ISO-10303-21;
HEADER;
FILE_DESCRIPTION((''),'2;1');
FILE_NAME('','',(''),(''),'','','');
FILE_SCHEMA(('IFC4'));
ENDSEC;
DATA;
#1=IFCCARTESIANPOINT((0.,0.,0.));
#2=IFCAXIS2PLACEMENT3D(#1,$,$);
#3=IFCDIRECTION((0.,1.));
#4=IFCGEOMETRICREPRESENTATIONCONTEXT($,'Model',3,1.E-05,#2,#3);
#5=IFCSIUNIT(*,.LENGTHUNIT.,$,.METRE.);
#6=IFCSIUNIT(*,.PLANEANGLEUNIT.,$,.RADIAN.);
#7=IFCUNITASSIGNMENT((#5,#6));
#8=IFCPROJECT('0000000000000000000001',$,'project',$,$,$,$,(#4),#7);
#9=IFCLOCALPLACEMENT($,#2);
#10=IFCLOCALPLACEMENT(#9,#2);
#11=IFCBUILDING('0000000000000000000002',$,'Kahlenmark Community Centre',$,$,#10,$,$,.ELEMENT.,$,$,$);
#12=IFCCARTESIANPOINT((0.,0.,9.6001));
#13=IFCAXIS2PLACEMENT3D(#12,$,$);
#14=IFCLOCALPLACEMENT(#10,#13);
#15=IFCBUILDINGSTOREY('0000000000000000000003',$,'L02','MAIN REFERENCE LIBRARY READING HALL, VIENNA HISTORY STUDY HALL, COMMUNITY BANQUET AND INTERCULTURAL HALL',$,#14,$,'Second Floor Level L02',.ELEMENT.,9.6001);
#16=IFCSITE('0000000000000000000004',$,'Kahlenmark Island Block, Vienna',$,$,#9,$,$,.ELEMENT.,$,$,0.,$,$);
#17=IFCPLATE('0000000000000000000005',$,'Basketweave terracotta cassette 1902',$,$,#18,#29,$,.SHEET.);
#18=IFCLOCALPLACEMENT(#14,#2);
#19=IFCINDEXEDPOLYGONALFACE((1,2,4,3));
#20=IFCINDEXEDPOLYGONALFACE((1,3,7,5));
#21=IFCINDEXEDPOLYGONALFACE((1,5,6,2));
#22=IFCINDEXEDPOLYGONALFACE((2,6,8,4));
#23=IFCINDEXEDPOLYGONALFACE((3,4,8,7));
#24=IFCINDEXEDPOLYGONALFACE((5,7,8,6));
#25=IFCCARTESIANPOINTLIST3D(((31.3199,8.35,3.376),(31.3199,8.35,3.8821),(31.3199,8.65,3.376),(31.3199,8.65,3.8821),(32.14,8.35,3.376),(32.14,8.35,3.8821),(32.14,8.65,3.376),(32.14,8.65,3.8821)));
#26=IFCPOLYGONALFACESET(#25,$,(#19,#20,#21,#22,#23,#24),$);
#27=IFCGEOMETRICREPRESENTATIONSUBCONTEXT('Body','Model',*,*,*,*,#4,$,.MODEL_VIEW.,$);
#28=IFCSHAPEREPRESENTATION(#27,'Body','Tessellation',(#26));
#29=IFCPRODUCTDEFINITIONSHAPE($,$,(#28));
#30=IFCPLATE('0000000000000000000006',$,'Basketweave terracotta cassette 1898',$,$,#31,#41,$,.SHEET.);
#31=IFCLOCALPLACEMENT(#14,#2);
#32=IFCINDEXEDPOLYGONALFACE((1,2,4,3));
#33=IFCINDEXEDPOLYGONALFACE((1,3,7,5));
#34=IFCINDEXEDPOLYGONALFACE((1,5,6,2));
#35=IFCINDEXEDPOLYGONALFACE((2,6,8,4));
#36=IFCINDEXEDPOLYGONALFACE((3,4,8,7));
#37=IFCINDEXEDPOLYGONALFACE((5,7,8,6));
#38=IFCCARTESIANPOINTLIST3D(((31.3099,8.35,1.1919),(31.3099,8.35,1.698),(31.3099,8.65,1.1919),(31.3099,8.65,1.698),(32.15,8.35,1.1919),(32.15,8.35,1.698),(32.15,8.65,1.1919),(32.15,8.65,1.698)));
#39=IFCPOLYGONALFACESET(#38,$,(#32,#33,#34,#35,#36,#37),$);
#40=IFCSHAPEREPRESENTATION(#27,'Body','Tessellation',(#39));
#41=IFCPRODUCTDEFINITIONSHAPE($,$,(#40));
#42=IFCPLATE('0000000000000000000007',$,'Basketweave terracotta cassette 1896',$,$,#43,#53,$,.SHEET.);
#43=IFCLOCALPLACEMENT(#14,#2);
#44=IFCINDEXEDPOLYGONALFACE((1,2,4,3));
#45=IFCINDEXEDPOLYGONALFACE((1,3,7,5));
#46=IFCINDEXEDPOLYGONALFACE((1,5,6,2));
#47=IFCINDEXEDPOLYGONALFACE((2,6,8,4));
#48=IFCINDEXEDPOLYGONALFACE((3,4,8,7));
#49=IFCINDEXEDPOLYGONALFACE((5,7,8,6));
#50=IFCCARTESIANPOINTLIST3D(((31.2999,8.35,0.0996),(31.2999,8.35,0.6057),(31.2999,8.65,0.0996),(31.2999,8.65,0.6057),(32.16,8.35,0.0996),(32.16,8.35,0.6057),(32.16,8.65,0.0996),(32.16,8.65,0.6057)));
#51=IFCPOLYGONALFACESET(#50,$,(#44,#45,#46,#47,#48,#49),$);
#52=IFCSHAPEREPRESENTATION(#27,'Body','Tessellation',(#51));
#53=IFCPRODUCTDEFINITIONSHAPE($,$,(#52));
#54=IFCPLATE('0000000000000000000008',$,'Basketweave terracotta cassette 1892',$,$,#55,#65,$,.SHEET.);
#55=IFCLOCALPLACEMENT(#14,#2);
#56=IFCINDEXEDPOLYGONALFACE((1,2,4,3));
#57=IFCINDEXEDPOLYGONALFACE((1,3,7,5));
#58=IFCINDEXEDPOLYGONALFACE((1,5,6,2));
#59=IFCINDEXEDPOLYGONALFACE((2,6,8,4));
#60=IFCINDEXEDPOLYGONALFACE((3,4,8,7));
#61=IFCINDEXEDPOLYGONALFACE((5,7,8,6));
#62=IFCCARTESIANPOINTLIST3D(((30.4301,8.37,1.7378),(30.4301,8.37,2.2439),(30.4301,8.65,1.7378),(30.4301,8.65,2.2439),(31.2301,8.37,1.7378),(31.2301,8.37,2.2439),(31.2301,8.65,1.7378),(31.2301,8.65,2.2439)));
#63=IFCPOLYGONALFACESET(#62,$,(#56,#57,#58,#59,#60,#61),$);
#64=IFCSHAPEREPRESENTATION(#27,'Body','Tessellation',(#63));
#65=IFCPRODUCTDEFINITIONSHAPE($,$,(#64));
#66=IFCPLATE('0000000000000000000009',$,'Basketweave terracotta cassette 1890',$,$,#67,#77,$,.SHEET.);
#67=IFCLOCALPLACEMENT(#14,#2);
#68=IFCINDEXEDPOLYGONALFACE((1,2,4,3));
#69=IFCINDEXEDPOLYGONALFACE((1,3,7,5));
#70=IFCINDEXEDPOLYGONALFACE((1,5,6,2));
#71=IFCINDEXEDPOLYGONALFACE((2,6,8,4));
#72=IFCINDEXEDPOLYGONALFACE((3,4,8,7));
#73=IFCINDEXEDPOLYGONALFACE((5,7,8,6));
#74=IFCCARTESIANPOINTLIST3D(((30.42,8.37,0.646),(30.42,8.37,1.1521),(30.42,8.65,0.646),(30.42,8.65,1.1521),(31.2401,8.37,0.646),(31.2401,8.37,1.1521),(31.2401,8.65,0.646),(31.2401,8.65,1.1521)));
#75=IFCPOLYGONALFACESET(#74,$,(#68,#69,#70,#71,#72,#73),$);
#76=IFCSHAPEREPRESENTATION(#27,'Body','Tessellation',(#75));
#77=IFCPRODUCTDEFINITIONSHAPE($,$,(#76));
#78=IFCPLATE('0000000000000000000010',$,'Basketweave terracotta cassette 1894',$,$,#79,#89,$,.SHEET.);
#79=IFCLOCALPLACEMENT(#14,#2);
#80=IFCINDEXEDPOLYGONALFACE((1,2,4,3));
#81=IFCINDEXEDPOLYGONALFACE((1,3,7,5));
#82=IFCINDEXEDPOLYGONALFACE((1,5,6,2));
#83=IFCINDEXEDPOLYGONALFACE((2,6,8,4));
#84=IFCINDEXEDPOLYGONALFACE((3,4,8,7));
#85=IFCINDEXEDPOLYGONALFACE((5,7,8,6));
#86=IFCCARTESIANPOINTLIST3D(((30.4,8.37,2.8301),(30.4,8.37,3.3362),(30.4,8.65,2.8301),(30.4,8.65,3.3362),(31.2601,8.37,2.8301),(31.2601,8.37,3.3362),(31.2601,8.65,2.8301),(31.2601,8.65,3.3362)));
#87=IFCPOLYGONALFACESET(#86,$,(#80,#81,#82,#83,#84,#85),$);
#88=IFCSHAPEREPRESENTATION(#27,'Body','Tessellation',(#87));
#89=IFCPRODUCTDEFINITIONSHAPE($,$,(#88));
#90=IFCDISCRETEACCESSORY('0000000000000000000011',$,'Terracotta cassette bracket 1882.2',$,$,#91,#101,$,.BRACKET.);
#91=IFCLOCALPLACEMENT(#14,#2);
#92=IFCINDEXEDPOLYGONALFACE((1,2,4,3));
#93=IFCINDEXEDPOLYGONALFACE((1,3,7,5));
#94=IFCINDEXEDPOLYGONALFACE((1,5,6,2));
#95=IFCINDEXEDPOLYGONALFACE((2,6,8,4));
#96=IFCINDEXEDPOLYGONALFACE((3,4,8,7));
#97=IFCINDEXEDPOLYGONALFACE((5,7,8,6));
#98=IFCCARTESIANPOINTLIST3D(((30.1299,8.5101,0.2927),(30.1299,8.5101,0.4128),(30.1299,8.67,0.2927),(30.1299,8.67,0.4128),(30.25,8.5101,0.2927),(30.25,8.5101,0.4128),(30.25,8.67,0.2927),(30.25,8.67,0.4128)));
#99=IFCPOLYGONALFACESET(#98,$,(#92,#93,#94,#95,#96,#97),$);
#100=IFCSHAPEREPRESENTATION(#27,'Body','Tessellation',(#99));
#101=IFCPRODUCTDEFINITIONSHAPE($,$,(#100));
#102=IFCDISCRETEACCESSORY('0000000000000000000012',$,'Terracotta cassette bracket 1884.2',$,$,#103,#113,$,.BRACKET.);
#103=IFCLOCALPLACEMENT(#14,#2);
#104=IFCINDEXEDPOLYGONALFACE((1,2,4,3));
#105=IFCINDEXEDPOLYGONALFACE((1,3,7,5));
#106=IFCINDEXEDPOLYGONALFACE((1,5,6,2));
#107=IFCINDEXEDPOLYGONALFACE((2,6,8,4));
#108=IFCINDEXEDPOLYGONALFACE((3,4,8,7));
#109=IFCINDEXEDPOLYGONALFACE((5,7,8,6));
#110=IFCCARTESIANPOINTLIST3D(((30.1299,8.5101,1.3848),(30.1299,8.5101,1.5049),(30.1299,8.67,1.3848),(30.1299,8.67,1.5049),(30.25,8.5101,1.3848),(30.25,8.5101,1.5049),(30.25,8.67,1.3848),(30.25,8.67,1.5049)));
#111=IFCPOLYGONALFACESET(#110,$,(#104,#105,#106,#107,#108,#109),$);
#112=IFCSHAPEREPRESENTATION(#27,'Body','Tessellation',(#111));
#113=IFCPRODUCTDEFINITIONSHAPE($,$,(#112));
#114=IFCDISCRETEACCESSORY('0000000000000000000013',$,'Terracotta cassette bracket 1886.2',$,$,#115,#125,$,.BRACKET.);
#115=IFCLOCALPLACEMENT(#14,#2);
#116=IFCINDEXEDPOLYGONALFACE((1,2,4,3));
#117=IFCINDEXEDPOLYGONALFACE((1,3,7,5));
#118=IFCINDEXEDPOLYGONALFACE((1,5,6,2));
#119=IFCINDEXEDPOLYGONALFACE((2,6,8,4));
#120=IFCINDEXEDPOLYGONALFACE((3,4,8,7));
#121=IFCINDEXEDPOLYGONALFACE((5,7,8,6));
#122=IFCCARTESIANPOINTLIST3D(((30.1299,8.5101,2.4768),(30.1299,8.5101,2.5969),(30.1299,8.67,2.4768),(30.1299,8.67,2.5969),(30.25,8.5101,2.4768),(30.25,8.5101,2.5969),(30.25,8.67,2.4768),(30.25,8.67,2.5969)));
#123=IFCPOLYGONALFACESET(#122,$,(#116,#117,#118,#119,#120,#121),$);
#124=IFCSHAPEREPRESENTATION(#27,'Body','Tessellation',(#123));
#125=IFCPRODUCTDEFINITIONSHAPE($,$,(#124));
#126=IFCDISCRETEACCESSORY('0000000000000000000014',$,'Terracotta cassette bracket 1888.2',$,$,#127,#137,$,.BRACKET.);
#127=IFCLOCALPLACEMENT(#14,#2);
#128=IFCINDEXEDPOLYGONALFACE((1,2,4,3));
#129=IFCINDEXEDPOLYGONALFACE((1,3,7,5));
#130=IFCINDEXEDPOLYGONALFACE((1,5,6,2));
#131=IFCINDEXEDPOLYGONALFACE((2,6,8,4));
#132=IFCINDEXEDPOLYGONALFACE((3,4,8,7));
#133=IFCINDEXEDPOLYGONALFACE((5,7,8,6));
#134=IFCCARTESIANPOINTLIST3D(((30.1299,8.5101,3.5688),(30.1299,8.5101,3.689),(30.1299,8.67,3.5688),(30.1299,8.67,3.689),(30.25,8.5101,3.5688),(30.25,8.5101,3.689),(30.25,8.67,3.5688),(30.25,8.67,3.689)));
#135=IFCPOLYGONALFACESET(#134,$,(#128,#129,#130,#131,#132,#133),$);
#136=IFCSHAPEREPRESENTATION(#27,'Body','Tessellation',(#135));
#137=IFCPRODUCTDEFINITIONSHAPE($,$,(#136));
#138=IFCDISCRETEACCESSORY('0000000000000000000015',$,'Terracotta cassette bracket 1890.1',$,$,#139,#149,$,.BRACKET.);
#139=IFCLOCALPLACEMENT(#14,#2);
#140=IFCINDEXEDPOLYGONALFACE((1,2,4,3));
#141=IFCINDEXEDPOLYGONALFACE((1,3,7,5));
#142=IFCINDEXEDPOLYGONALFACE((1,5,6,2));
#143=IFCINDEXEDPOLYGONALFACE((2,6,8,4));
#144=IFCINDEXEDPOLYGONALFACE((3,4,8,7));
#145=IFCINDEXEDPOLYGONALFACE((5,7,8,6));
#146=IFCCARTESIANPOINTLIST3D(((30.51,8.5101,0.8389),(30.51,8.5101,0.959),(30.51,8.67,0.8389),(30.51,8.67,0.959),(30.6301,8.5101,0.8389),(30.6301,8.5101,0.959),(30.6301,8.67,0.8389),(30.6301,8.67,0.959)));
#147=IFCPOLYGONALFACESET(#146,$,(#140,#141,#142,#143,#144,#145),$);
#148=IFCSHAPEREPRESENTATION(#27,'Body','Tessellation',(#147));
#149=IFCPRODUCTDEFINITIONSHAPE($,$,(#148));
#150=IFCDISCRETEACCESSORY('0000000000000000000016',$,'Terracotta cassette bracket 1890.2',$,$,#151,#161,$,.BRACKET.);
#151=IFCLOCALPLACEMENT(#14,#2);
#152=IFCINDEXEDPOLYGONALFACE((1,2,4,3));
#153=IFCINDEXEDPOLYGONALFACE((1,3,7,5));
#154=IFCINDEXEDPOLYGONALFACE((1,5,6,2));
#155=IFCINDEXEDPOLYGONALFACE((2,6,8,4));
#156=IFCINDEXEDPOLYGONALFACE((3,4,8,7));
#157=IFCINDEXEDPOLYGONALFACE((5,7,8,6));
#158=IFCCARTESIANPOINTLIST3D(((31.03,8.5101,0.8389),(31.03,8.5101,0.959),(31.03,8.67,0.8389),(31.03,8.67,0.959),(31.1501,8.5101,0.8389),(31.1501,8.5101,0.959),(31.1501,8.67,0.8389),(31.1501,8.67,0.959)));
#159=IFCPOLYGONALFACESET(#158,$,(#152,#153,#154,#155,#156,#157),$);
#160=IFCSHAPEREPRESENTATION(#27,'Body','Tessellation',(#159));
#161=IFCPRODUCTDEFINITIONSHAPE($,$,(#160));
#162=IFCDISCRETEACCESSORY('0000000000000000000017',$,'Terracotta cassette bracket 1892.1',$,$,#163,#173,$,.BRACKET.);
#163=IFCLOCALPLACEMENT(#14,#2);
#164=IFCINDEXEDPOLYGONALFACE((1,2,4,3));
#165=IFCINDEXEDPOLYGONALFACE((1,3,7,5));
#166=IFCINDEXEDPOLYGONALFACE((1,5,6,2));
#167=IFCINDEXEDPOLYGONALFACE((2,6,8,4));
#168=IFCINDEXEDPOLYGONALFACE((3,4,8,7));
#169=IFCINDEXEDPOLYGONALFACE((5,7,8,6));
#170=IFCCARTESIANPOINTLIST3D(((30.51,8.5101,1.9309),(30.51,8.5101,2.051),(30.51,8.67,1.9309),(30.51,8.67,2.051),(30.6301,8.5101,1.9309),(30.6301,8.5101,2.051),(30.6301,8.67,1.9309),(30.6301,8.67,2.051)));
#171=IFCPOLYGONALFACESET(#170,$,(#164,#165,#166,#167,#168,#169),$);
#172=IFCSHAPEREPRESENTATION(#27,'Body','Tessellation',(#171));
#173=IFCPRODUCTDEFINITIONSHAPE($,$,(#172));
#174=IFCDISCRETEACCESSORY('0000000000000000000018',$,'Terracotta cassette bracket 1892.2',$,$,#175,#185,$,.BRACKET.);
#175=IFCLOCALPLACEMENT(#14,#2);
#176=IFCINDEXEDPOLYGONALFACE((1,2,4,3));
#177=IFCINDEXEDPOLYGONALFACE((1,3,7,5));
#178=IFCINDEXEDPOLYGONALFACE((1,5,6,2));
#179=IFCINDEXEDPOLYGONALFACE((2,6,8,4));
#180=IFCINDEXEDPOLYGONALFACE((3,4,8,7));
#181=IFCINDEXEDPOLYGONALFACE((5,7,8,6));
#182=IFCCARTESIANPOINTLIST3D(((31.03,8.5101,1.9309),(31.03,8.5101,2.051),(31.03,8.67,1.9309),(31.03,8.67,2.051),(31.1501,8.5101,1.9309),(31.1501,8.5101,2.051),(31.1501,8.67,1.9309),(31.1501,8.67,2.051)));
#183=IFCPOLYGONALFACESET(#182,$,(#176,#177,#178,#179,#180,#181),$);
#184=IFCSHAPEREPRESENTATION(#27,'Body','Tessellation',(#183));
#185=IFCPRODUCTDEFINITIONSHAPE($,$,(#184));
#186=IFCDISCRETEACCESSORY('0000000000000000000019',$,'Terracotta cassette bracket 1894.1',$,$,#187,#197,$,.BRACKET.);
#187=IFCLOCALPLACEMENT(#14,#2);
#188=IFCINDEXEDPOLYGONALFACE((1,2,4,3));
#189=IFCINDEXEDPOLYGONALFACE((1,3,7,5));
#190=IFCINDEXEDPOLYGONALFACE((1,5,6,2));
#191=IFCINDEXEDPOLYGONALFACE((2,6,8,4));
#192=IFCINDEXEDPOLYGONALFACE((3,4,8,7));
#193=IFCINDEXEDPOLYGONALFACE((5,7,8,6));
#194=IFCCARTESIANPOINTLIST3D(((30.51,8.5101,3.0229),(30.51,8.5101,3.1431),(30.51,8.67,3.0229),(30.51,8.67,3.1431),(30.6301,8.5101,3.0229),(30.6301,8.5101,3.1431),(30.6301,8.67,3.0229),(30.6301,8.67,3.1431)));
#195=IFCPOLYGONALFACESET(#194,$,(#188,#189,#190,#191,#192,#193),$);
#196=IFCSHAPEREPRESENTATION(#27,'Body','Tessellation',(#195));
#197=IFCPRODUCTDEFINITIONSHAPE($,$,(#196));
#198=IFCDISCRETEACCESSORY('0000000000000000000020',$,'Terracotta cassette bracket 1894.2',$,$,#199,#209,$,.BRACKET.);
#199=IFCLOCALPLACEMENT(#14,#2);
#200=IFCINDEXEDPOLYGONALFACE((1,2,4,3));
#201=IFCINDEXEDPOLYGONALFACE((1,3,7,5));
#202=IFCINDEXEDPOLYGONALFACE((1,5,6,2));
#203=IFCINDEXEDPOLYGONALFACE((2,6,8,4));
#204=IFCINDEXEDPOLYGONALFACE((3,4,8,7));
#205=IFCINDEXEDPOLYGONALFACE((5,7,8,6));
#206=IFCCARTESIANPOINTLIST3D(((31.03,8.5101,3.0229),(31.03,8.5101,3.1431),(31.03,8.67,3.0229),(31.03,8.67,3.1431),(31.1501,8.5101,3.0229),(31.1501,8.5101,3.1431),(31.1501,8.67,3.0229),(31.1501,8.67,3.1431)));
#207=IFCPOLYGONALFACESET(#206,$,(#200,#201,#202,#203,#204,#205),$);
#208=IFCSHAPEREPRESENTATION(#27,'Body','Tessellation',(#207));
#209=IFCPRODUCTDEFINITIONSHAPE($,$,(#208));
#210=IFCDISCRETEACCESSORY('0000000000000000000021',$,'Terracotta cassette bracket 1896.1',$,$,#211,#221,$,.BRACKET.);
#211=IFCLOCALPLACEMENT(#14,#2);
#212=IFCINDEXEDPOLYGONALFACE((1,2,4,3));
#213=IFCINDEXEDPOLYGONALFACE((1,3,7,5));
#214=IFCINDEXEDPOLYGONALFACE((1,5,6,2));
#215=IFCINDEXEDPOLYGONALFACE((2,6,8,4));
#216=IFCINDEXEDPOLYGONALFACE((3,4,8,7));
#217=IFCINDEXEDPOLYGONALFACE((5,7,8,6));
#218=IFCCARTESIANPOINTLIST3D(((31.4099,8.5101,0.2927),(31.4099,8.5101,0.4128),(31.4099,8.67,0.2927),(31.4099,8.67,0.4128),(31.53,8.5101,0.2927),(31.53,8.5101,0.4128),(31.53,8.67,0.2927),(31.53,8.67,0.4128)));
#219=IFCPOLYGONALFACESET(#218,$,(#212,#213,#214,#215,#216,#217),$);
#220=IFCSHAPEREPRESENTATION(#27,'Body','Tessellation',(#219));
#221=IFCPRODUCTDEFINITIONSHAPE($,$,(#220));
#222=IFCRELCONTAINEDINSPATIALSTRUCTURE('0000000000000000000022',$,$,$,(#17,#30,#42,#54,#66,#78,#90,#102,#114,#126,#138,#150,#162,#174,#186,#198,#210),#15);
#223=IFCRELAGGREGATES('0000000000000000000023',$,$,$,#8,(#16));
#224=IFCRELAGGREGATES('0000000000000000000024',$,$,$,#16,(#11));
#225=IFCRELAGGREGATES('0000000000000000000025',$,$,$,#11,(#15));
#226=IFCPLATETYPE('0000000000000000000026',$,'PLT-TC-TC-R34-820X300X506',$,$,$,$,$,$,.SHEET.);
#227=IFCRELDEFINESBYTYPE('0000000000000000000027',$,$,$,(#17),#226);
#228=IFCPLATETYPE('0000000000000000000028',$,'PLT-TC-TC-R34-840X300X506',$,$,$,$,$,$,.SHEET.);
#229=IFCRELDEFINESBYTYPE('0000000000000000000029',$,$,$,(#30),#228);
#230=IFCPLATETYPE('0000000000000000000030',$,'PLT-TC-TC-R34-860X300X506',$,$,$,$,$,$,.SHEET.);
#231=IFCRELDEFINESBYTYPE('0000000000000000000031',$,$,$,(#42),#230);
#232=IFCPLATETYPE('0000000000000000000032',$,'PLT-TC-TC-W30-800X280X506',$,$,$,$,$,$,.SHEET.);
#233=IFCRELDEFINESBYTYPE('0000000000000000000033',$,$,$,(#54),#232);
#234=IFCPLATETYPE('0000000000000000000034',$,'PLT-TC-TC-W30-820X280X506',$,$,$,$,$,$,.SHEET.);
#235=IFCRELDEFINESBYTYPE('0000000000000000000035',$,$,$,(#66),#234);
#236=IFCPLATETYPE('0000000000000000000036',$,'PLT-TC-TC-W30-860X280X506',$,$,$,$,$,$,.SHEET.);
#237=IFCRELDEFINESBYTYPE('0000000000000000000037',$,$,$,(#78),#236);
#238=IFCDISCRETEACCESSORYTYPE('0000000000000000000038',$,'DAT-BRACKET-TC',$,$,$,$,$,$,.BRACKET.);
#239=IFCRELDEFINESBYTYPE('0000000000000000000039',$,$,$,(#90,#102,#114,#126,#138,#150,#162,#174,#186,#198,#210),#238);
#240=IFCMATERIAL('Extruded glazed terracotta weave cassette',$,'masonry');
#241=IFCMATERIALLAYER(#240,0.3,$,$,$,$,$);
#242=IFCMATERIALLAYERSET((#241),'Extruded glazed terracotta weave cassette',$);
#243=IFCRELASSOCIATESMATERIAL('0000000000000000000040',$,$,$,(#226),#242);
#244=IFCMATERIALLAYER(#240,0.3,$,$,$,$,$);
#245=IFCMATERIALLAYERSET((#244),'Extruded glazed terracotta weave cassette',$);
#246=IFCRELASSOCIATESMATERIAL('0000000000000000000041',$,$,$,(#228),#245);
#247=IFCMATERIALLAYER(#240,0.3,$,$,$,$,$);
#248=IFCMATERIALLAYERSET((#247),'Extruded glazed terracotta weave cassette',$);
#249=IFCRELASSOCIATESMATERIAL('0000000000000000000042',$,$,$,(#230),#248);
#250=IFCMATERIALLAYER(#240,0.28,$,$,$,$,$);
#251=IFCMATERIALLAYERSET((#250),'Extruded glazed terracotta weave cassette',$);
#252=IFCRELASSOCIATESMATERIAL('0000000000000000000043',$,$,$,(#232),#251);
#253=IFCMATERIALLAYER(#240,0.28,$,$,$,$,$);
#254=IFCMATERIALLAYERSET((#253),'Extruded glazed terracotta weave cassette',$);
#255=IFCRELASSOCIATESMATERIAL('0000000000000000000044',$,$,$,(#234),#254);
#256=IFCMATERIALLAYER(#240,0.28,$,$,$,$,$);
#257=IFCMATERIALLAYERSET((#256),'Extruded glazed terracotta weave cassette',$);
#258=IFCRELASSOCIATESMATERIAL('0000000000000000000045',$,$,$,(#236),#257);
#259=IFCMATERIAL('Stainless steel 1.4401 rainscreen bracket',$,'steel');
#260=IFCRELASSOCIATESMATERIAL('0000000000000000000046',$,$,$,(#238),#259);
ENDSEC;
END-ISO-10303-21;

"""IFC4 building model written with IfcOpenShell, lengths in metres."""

from ifc_helpers import new_model, si_unit, direction, frame, origin, origin_2d, place, context, subcontext, project, spatial, rectangle, extrude, material, layer, layer_set, type_object, element, save


model = new_model("IFC4")

# Units and contexts
model_context = context("Model", 3, precision=1e-05, world=origin(), true_north=direction((0.0, 1.0)))
body_context = subcontext(model_context, "Body", "Model", "MODEL_VIEW")
ifc_project = project(units=[si_unit("LENGTHUNIT", "METRE"), si_unit("PLANEANGLEUNIT", "RADIAN")], contexts=[model_context])

# Site, building, storey
site_placement = place(None, origin())
site = spatial("IfcSite", under=ifc_project, at=site_placement, Name="Kahlenmark Island Block, Vienna", CompositionType="ELEMENT", RefElevation=0.0)
building_placement = place(site_placement, origin())
building = spatial("IfcBuilding", under=site, at=building_placement, Name="Kahlenmark Community Centre", CompositionType="ELEMENT")
storey_placement = place(building_placement, frame((0.0, 0.0, 9.6001)))
storey = spatial("IfcBuildingStorey", under=building, at=storey_placement, Name="L02", Description="MAIN REFERENCE LIBRARY READING HALL, VIENNA HISTORY STUDY HALL, COMMUNITY BANQUET AND INTERCULTURAL HALL", LongName="Second Floor Level L02", CompositionType="ELEMENT", Elevation=9.6001)

# Plates
ifc_material_1 = material(Name="Extruded glazed terracotta weave cassette", Category="masonry")
ifc_layer_1 = layer(ifc_material_1, 0.3)
ifc_layer_set_1 = layer_set([ifc_layer_1], Name="Extruded glazed terracotta weave cassette")
plate_type_1 = type_object("IfcPlateType", Name="PLT-TC-TC-R34-820X300X506", PredefinedType="SHEET", material=ifc_layer_set_1)
for number, where, z_axis, x_axis, name in (
    (1, (31.73, 8.5, 3.376), (0.0, 0.0, 1.0), (1.0, 0.0, 0.0), "Basketweave terracotta cassette 1902"),
):
    element("IfcPlate", number, at=place(storey_placement, frame(where, z_axis=z_axis, x_axis=x_axis)), inside=storey, type_object=plate_type_1, Name=name, PredefinedType="SHEET", context=body_context, shape_type="SweptSolid", body=[
        extrude(rectangle(XDim=0.8201, YDim=0.3, at=origin_2d()), origin(), (0.0, 0.0, 1.0), 0.5061),
    ])
ifc_layer_2 = layer(ifc_material_1, 0.3)
ifc_layer_set_2 = layer_set([ifc_layer_2], Name="Extruded glazed terracotta weave cassette")
plate_type_2 = type_object("IfcPlateType", Name="PLT-TC-TC-R34-840X300X506", PredefinedType="SHEET", material=ifc_layer_set_2)
plate_1_placement = place(storey_placement, frame((31.73, 8.5, 1.1919), z_axis=(0.0, 0.0, 1.0), x_axis=(1.0, 0.0, 0.0)))
element("IfcPlate", 2, at=plate_1_placement, inside=storey, type_object=plate_type_2, Name="Basketweave terracotta cassette 1898", PredefinedType="SHEET", context=body_context, shape_type="SweptSolid", body=[
    extrude(rectangle(XDim=0.8401, YDim=0.3, at=origin_2d()), origin(), (0.0, 0.0, 1.0), 0.5061),
])
ifc_layer_3 = layer(ifc_material_1, 0.3)
ifc_layer_set_3 = layer_set([ifc_layer_3], Name="Extruded glazed terracotta weave cassette")
plate_type_3 = type_object("IfcPlateType", Name="PLT-TC-TC-R34-860X300X506", PredefinedType="SHEET", material=ifc_layer_set_3)
plate_2_placement = place(storey_placement, frame((31.73, 8.5, 0.0996), z_axis=(0.0, 0.0, 1.0), x_axis=(1.0, 0.0, 0.0)))
element("IfcPlate", 3, at=plate_2_placement, inside=storey, type_object=plate_type_3, Name="Basketweave terracotta cassette 1896", PredefinedType="SHEET", context=body_context, shape_type="SweptSolid", body=[
    extrude(rectangle(XDim=0.8601, YDim=0.3, at=origin_2d()), origin(), (0.0, 0.0, 1.0), 0.5061),
])
ifc_layer_4 = layer(ifc_material_1, 0.28)
ifc_layer_set_4 = layer_set([ifc_layer_4], Name="Extruded glazed terracotta weave cassette")
plate_type_4 = type_object("IfcPlateType", Name="PLT-TC-TC-W30-800X280X506", PredefinedType="SHEET", material=ifc_layer_set_4)
plate_3_placement = place(storey_placement, frame((30.8301, 8.51, 1.7378), z_axis=(0.0, 0.0, 1.0), x_axis=(1.0, 0.0, 0.0)))
element("IfcPlate", 4, at=plate_3_placement, inside=storey, type_object=plate_type_4, Name="Basketweave terracotta cassette 1892", PredefinedType="SHEET", context=body_context, shape_type="SweptSolid", body=[
    extrude(rectangle(XDim=0.8, YDim=0.28, at=origin_2d()), origin(), (0.0, 0.0, 1.0), 0.5061),
])
ifc_layer_5 = layer(ifc_material_1, 0.28)
ifc_layer_set_5 = layer_set([ifc_layer_5], Name="Extruded glazed terracotta weave cassette")
plate_type_5 = type_object("IfcPlateType", Name="PLT-TC-TC-W30-820X280X506", PredefinedType="SHEET", material=ifc_layer_set_5)
plate_4_placement = place(storey_placement, frame((30.8301, 8.51, 0.646), z_axis=(0.0, 0.0, 1.0), x_axis=(1.0, 0.0, 0.0)))
element("IfcPlate", 5, at=plate_4_placement, inside=storey, type_object=plate_type_5, Name="Basketweave terracotta cassette 1890", PredefinedType="SHEET", context=body_context, shape_type="SweptSolid", body=[
    extrude(rectangle(XDim=0.8201, YDim=0.28, at=origin_2d()), origin(), (0.0, 0.0, 1.0), 0.5061),
])
ifc_layer_6 = layer(ifc_material_1, 0.28)
ifc_layer_set_6 = layer_set([ifc_layer_6], Name="Extruded glazed terracotta weave cassette")
plate_type_6 = type_object("IfcPlateType", Name="PLT-TC-TC-W30-860X280X506", PredefinedType="SHEET", material=ifc_layer_set_6)
plate_5_placement = place(storey_placement, frame((30.8301, 8.51, 2.8301), z_axis=(0.0, 0.0, 1.0), x_axis=(1.0, 0.0, 0.0)))
element("IfcPlate", 6, at=plate_5_placement, inside=storey, type_object=plate_type_6, Name="Basketweave terracotta cassette 1894", PredefinedType="SHEET", context=body_context, shape_type="SweptSolid", body=[
    extrude(rectangle(XDim=0.8601, YDim=0.28, at=origin_2d()), origin(), (0.0, 0.0, 1.0), 0.5061),
])

# Discrete accessories
ifc_material_2 = material(Name="Stainless steel 1.4401 rainscreen bracket", Category="steel")
discrete_accessory_type = type_object("IfcDiscreteAccessoryType", Name="DAT-BRACKET-TC", PredefinedType="BRACKET", material=ifc_material_2)
for number, where, z_axis, x_axis, name in (
    (7, (30.1899, 8.5901, 0.2927), (0.0, 0.0, 1.0), (1.0, 0.0, 0.0), "Terracotta cassette bracket 1882.2"),
    (8, (30.1899, 8.5901, 1.3848), (0.0, 0.0, 1.0), (1.0, 0.0, 0.0), "Terracotta cassette bracket 1884.2"),
    (9, (30.1899, 8.5901, 2.4768), (0.0, 0.0, 1.0), (1.0, 0.0, 0.0), "Terracotta cassette bracket 1886.2"),
    (10, (30.1899, 8.5901, 3.5688), (0.0, 0.0, 1.0), (1.0, 0.0, 0.0), "Terracotta cassette bracket 1888.2"),
    (11, (30.5701, 8.5901, 0.8389), (0.0, 0.0, 1.0), (1.0, 0.0, 0.0), "Terracotta cassette bracket 1890.1"),
    (12, (31.0901, 8.5901, 0.8389), (0.0, 0.0, 1.0), (1.0, 0.0, 0.0), "Terracotta cassette bracket 1890.2"),
    (13, (30.5701, 8.5901, 1.9309), (0.0, 0.0, 1.0), (1.0, 0.0, 0.0), "Terracotta cassette bracket 1892.1"),
    (14, (31.0901, 8.5901, 1.9309), (0.0, 0.0, 1.0), (1.0, 0.0, 0.0), "Terracotta cassette bracket 1892.2"),
    (15, (30.5701, 8.5901, 3.0229), (0.0, 0.0, 1.0), (1.0, 0.0, 0.0), "Terracotta cassette bracket 1894.1"),
    (16, (31.0901, 8.5901, 3.0229), (0.0, 0.0, 1.0), (1.0, 0.0, 0.0), "Terracotta cassette bracket 1894.2"),
    (17, (31.47, 8.5901, 0.2927), (0.0, 0.0, 1.0), (1.0, 0.0, 0.0), "Terracotta cassette bracket 1896.1"),
):
    element("IfcDiscreteAccessory", number, at=place(storey_placement, frame(where, z_axis=z_axis, x_axis=x_axis)), inside=storey, type_object=discrete_accessory_type, Name=name, PredefinedType="BRACKET", context=body_context, shape_type="SweptSolid", body=[
        extrude(rectangle(XDim=0.1201, YDim=0.1599, at=origin_2d()), origin(), (0.0, 0.0, 1.0), 0.1201),
    ])

save(model, "model.ifc")
